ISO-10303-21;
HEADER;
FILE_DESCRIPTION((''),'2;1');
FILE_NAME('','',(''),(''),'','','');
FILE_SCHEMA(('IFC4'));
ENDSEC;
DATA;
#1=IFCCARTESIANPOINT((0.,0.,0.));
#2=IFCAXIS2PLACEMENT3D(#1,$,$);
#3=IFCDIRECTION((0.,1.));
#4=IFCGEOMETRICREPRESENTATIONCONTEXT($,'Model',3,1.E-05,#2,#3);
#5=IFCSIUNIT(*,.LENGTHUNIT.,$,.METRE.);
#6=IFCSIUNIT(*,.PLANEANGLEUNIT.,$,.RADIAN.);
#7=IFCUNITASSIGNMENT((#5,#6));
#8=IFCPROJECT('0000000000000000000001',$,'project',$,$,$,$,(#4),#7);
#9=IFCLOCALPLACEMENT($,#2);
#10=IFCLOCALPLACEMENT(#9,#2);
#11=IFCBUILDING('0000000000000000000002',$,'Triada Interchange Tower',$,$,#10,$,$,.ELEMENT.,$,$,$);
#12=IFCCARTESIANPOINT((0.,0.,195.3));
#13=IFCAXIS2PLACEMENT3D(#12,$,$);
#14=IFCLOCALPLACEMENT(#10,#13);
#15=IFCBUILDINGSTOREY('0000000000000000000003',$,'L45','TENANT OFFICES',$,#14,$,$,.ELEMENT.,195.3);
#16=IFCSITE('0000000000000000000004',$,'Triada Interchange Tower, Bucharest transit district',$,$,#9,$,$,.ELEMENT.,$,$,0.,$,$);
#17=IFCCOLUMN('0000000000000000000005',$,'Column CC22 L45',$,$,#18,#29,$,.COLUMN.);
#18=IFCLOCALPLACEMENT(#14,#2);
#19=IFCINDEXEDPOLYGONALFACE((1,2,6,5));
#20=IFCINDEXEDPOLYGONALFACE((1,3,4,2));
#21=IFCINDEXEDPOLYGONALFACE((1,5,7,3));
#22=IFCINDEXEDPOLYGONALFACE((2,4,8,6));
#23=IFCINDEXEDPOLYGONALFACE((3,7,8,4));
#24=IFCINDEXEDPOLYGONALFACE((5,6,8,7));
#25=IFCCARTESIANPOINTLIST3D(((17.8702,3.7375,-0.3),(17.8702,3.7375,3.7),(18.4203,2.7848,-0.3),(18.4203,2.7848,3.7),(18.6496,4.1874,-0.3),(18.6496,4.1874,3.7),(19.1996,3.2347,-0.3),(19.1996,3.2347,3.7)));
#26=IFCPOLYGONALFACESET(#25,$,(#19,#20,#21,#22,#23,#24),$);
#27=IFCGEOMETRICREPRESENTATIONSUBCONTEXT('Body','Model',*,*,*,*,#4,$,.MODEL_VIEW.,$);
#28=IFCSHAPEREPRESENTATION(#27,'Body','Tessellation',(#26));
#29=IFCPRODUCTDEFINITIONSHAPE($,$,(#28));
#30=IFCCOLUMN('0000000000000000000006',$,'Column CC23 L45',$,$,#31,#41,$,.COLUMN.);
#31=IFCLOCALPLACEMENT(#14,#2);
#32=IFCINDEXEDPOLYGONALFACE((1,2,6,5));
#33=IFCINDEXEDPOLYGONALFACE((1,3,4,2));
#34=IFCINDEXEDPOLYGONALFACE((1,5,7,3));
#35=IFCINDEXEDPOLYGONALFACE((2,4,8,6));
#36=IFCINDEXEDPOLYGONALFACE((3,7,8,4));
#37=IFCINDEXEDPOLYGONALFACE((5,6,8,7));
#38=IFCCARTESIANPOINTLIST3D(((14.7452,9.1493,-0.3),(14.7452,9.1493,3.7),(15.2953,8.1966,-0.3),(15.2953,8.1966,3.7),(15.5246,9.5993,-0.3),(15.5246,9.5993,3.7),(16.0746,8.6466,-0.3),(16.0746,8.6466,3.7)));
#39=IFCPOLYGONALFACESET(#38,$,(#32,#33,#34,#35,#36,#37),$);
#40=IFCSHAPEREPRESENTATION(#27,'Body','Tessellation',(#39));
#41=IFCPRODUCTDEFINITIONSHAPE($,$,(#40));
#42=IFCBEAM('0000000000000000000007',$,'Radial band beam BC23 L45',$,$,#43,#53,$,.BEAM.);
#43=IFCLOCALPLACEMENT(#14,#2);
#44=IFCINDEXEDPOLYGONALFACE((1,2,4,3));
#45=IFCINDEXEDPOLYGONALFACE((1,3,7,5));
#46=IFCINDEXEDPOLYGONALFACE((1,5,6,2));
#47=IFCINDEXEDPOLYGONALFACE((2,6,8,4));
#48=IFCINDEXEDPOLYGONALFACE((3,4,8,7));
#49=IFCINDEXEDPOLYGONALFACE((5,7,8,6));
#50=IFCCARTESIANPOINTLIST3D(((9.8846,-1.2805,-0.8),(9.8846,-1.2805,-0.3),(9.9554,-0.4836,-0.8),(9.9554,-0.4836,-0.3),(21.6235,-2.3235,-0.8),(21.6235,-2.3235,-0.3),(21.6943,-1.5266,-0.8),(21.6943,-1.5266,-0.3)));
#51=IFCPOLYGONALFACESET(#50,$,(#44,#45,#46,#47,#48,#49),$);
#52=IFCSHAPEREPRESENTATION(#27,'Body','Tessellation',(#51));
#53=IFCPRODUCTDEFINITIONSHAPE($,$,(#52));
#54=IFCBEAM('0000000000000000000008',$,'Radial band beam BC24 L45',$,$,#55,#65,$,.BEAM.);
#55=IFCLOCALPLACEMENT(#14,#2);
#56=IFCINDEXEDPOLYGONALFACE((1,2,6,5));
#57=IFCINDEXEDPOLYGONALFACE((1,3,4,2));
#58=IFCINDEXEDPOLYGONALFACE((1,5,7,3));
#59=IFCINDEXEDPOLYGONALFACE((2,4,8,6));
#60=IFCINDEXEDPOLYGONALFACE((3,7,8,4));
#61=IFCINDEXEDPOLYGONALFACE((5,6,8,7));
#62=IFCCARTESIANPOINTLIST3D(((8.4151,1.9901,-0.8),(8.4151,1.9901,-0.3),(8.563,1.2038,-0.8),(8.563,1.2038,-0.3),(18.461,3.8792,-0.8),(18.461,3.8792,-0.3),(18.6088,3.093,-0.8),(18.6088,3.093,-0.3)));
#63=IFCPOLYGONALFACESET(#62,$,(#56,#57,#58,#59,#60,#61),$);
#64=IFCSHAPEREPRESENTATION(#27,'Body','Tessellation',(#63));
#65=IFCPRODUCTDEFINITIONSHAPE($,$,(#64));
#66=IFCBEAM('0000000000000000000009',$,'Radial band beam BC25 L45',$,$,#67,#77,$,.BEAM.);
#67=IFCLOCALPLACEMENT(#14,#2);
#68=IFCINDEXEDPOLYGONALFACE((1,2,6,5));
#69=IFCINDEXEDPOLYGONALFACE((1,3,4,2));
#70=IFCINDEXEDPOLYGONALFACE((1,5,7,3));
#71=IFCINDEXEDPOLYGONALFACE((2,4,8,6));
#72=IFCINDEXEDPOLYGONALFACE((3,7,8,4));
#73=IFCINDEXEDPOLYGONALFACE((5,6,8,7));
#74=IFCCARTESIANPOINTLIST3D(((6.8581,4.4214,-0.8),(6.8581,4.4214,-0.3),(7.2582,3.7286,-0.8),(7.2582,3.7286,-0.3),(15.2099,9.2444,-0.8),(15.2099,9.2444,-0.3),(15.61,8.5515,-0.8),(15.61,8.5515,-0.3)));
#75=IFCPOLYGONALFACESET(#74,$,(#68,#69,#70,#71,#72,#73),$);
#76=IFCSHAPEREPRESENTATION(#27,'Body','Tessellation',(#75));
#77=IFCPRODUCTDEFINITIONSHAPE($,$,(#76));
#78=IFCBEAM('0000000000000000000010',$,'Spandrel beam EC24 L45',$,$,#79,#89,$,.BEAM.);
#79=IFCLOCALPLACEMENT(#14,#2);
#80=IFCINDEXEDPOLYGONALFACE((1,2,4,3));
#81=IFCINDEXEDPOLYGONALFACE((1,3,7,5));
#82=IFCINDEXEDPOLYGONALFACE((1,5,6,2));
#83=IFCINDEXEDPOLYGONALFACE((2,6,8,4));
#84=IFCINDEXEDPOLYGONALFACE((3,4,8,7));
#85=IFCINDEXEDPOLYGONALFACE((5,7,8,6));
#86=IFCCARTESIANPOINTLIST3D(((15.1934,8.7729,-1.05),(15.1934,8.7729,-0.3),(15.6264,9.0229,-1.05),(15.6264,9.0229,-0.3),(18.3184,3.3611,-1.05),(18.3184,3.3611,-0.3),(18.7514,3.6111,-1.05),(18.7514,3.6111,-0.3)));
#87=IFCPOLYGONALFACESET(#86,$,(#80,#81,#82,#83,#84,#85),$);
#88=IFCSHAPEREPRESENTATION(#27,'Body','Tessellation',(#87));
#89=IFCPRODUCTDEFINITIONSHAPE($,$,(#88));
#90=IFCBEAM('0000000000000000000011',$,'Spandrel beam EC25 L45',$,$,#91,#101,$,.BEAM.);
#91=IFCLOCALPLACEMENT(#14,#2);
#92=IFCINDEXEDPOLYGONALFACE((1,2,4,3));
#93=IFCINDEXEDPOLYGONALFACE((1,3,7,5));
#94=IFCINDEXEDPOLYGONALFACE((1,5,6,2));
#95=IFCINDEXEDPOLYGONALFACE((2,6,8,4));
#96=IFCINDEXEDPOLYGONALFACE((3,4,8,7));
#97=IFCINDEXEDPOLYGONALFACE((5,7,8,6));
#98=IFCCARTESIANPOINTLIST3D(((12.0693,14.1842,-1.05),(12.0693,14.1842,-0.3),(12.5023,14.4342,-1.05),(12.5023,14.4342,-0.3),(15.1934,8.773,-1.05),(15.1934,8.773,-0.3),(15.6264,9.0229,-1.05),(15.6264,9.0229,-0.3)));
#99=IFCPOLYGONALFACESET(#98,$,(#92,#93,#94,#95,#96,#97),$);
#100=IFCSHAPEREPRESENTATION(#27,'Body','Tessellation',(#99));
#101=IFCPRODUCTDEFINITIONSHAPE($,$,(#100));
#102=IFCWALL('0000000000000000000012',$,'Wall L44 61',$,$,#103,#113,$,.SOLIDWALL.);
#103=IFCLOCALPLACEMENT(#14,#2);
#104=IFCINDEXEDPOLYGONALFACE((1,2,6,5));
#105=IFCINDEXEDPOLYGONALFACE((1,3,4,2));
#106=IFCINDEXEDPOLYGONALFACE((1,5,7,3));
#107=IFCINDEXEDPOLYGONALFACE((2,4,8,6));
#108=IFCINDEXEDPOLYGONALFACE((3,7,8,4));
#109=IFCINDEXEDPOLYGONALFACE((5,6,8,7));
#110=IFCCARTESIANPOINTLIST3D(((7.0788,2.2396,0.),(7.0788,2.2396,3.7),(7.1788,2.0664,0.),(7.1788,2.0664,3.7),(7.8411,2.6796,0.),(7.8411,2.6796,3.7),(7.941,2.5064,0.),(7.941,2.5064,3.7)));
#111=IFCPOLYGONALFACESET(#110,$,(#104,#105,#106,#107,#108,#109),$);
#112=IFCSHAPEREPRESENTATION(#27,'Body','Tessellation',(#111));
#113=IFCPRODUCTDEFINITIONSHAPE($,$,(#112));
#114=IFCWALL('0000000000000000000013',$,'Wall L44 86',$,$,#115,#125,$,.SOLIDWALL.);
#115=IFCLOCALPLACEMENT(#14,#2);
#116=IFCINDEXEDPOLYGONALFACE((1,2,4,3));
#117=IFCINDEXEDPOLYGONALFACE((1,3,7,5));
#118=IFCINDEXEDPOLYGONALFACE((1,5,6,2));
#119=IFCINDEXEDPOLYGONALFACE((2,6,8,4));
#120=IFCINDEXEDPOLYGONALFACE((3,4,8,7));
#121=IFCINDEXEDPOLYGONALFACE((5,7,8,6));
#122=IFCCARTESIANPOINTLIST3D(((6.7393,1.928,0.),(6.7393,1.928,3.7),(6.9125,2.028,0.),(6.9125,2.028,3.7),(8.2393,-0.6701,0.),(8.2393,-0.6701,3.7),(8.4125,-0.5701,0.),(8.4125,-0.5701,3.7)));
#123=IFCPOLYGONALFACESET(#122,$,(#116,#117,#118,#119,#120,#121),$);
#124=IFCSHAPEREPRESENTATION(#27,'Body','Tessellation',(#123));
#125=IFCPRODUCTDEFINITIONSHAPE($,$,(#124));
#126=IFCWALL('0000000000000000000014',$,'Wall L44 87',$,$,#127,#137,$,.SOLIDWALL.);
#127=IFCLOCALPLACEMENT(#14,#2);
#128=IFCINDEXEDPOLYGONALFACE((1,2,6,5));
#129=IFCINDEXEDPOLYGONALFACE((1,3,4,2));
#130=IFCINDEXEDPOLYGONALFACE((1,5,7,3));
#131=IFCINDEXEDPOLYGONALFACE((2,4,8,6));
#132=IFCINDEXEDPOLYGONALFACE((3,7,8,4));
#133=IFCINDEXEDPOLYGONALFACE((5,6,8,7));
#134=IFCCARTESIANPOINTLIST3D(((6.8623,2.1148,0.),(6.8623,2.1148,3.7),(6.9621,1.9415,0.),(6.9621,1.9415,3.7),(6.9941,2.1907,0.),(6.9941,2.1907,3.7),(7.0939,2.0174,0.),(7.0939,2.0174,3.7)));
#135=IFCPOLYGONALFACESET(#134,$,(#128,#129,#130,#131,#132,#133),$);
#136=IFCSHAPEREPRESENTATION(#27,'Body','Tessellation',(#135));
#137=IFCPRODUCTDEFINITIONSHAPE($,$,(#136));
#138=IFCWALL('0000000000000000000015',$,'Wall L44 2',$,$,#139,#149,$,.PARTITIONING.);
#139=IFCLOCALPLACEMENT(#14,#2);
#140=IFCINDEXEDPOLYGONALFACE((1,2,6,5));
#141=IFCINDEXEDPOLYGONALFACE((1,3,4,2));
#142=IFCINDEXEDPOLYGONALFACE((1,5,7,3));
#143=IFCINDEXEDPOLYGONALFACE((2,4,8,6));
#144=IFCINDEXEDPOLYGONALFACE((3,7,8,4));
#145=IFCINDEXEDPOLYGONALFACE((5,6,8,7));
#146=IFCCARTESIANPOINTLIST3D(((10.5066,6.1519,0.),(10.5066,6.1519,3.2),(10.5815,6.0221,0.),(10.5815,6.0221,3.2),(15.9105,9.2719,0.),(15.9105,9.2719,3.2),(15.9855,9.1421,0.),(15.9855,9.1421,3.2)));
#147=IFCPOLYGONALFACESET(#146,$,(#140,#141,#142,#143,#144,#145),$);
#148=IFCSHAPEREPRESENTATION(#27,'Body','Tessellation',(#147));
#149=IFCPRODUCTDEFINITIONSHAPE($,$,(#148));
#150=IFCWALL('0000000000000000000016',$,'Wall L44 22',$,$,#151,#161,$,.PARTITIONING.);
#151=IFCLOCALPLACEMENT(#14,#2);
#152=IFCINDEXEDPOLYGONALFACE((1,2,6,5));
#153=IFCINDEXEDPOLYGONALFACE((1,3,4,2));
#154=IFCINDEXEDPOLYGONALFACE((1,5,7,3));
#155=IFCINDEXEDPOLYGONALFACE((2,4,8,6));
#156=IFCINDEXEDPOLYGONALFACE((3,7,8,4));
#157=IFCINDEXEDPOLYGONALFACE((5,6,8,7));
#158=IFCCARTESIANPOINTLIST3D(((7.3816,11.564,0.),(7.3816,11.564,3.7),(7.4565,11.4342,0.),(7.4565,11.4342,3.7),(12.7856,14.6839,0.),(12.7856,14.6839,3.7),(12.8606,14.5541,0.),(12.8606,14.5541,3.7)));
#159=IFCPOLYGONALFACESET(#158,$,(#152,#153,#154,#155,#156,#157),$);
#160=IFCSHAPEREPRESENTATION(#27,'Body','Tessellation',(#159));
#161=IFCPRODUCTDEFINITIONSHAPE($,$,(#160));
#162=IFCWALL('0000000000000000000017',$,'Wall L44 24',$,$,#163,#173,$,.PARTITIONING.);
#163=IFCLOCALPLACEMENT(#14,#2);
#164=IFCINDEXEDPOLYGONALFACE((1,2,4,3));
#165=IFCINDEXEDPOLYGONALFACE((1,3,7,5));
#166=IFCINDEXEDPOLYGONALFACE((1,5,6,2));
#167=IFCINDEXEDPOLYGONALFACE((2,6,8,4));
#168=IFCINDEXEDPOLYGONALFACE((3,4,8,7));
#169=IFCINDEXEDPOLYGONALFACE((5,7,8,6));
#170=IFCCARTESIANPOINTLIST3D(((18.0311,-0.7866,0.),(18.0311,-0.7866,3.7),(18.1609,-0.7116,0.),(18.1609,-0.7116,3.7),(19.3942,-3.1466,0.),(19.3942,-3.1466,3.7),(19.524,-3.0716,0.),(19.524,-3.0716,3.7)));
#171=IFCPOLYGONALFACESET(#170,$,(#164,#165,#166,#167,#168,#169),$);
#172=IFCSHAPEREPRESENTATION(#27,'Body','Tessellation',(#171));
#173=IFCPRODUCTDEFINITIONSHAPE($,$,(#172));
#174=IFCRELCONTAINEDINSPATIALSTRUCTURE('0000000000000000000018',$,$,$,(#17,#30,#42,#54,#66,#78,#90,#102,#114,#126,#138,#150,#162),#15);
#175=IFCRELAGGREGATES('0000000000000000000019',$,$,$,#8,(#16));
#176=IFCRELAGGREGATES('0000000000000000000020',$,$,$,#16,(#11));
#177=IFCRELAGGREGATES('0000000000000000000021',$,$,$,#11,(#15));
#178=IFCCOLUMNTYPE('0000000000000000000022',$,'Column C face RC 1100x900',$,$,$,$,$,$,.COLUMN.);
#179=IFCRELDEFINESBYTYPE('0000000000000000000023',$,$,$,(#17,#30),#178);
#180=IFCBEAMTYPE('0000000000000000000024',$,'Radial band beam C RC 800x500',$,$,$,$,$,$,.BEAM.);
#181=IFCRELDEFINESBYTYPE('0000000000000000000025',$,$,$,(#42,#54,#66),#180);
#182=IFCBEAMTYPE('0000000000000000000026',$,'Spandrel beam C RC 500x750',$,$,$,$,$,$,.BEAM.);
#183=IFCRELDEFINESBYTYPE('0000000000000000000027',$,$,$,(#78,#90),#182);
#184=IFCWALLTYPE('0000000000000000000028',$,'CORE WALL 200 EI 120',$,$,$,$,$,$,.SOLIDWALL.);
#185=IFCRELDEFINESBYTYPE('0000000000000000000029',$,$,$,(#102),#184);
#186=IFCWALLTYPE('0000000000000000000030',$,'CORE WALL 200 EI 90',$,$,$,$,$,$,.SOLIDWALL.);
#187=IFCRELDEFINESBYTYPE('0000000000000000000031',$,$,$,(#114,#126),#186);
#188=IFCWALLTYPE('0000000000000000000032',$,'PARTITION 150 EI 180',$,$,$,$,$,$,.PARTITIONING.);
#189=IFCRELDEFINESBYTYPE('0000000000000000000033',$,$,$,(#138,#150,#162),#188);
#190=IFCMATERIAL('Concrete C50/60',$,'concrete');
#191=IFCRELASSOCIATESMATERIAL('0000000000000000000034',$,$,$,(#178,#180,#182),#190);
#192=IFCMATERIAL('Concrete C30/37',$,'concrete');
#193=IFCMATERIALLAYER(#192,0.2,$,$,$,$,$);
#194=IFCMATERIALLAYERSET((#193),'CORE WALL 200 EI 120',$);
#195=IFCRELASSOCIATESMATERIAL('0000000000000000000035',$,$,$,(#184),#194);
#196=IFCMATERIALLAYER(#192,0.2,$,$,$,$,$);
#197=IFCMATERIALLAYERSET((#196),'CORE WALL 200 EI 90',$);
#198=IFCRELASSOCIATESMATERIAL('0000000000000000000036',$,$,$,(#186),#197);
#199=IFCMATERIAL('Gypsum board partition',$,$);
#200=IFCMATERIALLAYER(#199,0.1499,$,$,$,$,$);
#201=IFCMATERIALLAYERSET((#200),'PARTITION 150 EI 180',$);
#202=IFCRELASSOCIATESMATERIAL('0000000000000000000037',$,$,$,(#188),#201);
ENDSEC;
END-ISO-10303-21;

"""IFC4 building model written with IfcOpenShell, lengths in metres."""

from ifc_helpers import new_model, si_unit, direction, frame, frame_2d, origin, origin_2d, place, context, subcontext, project, spatial, rectangle, extrude, material, layer, layer_set, material_profile, profile_set, type_object, element, save


model = new_model("IFC4")

# Units and contexts
model_context = context("Model", 3, precision=1e-05, world=origin(), true_north=direction((0.0, 1.0)))
body_context = subcontext(model_context, "Body", "Model", "MODEL_VIEW")
ifc_project = project(units=[si_unit("LENGTHUNIT", "METRE"), si_unit("PLANEANGLEUNIT", "RADIAN")], contexts=[model_context])

# Site, building, storey
site_placement = place(None, origin())
site = spatial("IfcSite", under=ifc_project, at=site_placement, Name="Triada Interchange Tower, Bucharest transit district", CompositionType="ELEMENT", RefElevation=0.0)
building_placement = place(site_placement, origin())
building = spatial("IfcBuilding", under=site, at=building_placement, Name="Triada Interchange Tower", CompositionType="ELEMENT")
storey_placement = place(building_placement, frame((0.0, 0.0, 195.3)))
storey = spatial("IfcBuildingStorey", under=building, at=storey_placement, Name="L45", Description="TENANT OFFICES", CompositionType="ELEMENT", Elevation=195.3)

# Columns
ifc_material_1 = material(Name="Concrete C50/60", Category="concrete")
ifc_material_profile_1 = material_profile(ifc_material_1, rectangle(XDim=1.1001, YDim=0.8999, at=origin_2d()), Name="RC 1100x900")
ifc_profile_set_1 = profile_set([ifc_material_profile_1], Name="Concrete C50/60")
column_type = type_object("IfcColumnType", Name="Column C face RC 1100x900", PredefinedType="COLUMN", material=ifc_profile_set_1)
for number, where, z_axis, x_axis, name in (
    (1, (18.5349, 3.4861, -0.3), (0.0, 0.0, 1.0), (-0.5, 0.866025, 0.0), "Column CC22 L45"),
    (2, (15.4099, 8.8979, -0.3), (0.0, 0.0, 1.0), (-0.5, 0.866025, 0.0), "Column CC23 L45"),
):
    element("IfcColumn", number, at=place(storey_placement, frame(where, z_axis=z_axis, x_axis=x_axis)), inside=storey, type_object=column_type, Name=name, PredefinedType="COLUMN", context=body_context, shape_type="SweptSolid", body=[
        extrude(rectangle(XDim=1.1001, YDim=0.8999, at=origin_2d()), origin(), (0.0, 0.0, 1.0), 4.0),
    ])

# Beams
ifc_material_profile_2 = material_profile(ifc_material_1, rectangle(XDim=0.8, YDim=0.5, at=origin_2d()), Name="RC 800x500")
ifc_profile_set_2 = profile_set([ifc_material_profile_2], Name="Concrete C50/60")
beam_type_1 = type_object("IfcBeamType", Name="Radial band beam C RC 800x500", PredefinedType="BEAM", material=ifc_profile_set_2)
beam_1_placement = place(storey_placement, frame((21.6589, -1.925, -0.55), z_axis=(-0.996076, 0.088498, 0.0), x_axis=(-0.088498, -0.996076, 0.0)))
element("IfcBeam", 3, at=beam_1_placement, inside=storey, type_object=beam_type_1, Name="Radial band beam BC23 L45", PredefinedType="BEAM", context=body_context, shape_type="SweptSolid", body=[
    extrude(rectangle(XDim=0.8, YDim=0.5, at=origin_2d()), origin(), (0.0, 0.0, 1.0), 11.7852),
])
beam_2_placement = place(storey_placement, frame((18.5349, 3.4861, -0.55), z_axis=(-0.982774, -0.184813, 0.0), x_axis=(0.184813, -0.982774, 0.0)))
element("IfcBeam", 4, at=beam_2_placement, inside=storey, type_object=beam_type_1, Name="Radial band beam BC24 L45", PredefinedType="BEAM", context=body_context, shape_type="SweptSolid", body=[
    extrude(rectangle(XDim=0.8, YDim=0.5, at=origin_2d()), origin(), (0.0, 0.0, 1.0), 10.2219),
])
beam_3_placement = place(storey_placement, frame((15.4099, 8.8979, -0.55), z_axis=(-0.865977, -0.500084, 0.0), x_axis=(0.500084, -0.865977, 0.0)))
element("IfcBeam", 5, at=beam_3_placement, inside=storey, type_object=beam_type_1, Name="Radial band beam BC25 L45", PredefinedType="BEAM", context=body_context, shape_type="SweptSolid", body=[
    extrude(rectangle(XDim=0.8, YDim=0.5, at=origin_2d()), origin(), (0.0, 0.0, 1.0), 9.6443),
])
ifc_material_profile_3 = material_profile(ifc_material_1, rectangle(XDim=0.5, YDim=0.75, at=origin_2d()), Name="RC 500x750")
ifc_profile_set_3 = profile_set([ifc_material_profile_3], Name="Concrete C50/60")
beam_type_2 = type_object("IfcBeamType", Name="Spandrel beam C RC 500x750", PredefinedType="BEAM", material=ifc_profile_set_3)
beam_4_placement = place(storey_placement, frame((18.5349, 3.4861, -0.675), z_axis=(-0.500055, 0.865994, 0.0), x_axis=(-0.865994, -0.500055, 0.0)))
element("IfcBeam", 6, at=beam_4_placement, inside=storey, type_object=beam_type_2, Name="Spandrel beam EC24 L45", PredefinedType="BEAM", context=body_context, shape_type="SweptSolid", body=[
    extrude(rectangle(XDim=0.5, YDim=0.75, at=origin_2d()), origin(), (0.0, 0.0, 1.0), 6.2493),
])
beam_5_placement = place(storey_placement, frame((15.4099, 8.8979, -0.675), z_axis=(-0.499989, 0.866032, 0.0), x_axis=(-0.866032, -0.499989, 0.0)))
element("IfcBeam", 7, at=beam_5_placement, inside=storey, type_object=beam_type_2, Name="Spandrel beam EC25 L45", PredefinedType="BEAM", context=body_context, shape_type="SweptSolid", body=[
    extrude(rectangle(XDim=0.5, YDim=0.75, at=origin_2d()), origin(), (0.0, 0.0, 1.0), 6.2483),
])

# Walls
ifc_material_2 = material(Name="Concrete C30/37", Category="concrete")
ifc_layer_1 = layer(ifc_material_2, 0.2)
ifc_layer_set_1 = layer_set([ifc_layer_1], Name="CORE WALL 200 EI 120")
wall_type_1 = type_object("IfcWallType", Name="CORE WALL 200 EI 120", PredefinedType="SOLIDWALL", material=ifc_layer_set_1)
wall_1_placement = place(storey_placement, frame((7.1289, 2.1531, 0.0), z_axis=(0.0, 0.0, 1.0), x_axis=(0.866084, 0.499899, 0.0)))
element("IfcWall", 8, at=wall_1_placement, inside=storey, type_object=wall_type_1, Name="Wall L44 61", PredefinedType="SOLIDWALL", context=body_context, shape_type="SweptSolid", body=[
    extrude(rectangle(XDim=0.8801, YDim=0.2, at=frame_2d((0.4399, 0.0))), origin(), (0.0, 0.0, 1.0), 3.7),
])
ifc_layer_2 = layer(ifc_material_2, 0.2)
ifc_layer_set_2 = layer_set([ifc_layer_2], Name="CORE WALL 200 EI 90")
wall_type_2 = type_object("IfcWallType", Name="CORE WALL 200 EI 90", PredefinedType="SOLIDWALL", material=ifc_layer_set_2)
wall_2_placement = place(storey_placement, frame((6.8259, 1.978, 0.0), z_axis=(0.0, 0.0, 1.0), x_axis=(0.49999, -0.866031, 0.0)))
element("IfcWall", 9, at=wall_2_placement, inside=storey, type_object=wall_type_2, Name="Wall L44 86", PredefinedType="SOLIDWALL", context=body_context, shape_type="SweptSolid", body=[
    extrude(rectangle(XDim=3.0, YDim=0.2, at=frame_2d((1.5, 0.0))), origin(), (0.0, 0.0, 1.0), 3.7),
])
wall_3_placement = place(storey_placement, frame((6.9121, 2.0281, 0.0), z_axis=(0.0, 0.0, 1.0), x_axis=(0.866559, 0.499074, 0.0)))
element("IfcWall", 10, at=wall_3_placement, inside=storey, type_object=wall_type_2, Name="Wall L44 87", PredefinedType="SOLIDWALL", context=body_context, shape_type="SweptSolid", body=[
    extrude(rectangle(XDim=0.1521, YDim=0.2, at=frame_2d((0.0762, 0.0))), origin(), (0.0, 0.0, 1.0), 3.7),
])
ifc_material_3 = material(Name="Gypsum board partition")
ifc_layer_3 = layer(ifc_material_3, 0.1499)
ifc_layer_set_3 = layer_set([ifc_layer_3], Name="PARTITION 150 EI 180")
wall_type_3 = type_object("IfcWallType", Name="PARTITION 150 EI 180", PredefinedType="PARTITIONING", material=ifc_layer_set_3)
wall_4_placement = place(storey_placement, frame((10.5439, 6.0869, 0.0), z_axis=(0.0, 0.0, 1.0), x_axis=(0.866019, 0.50001, 0.0)))
element("IfcWall", 11, at=wall_4_placement, inside=storey, type_object=wall_type_3, Name="Wall L44 2", PredefinedType="PARTITIONING", context=body_context, shape_type="SweptSolid", body=[
    extrude(rectangle(XDim=6.24, YDim=0.1499, at=frame_2d((3.1201, 0.0))), origin(), (0.0, 0.0, 1.0), 3.2),
])
wall_5_placement = place(storey_placement, frame((7.4189, 11.499, 0.0), z_axis=(0.0, 0.0, 1.0), x_axis=(0.866036, 0.499981, 0.0)))
element("IfcWall", 12, at=wall_5_placement, inside=storey, type_object=wall_type_3, Name="Wall L44 22", PredefinedType="PARTITIONING", context=body_context, shape_type="SweptSolid", body=[
    extrude(rectangle(XDim=6.24, YDim=0.1499, at=frame_2d((3.1201, 0.0))), origin(), (0.0, 0.0, 1.0), 3.7),
])
wall_6_placement = place(storey_placement, frame((18.0959, -0.749, 0.0), z_axis=(0.0, 0.0, 1.0), x_axis=(0.500157, -0.865935, 0.0)))
element("IfcWall", 13, at=wall_6_placement, inside=storey, type_object=wall_type_3, Name="Wall L44 24", PredefinedType="PARTITIONING", context=body_context, shape_type="SweptSolid", body=[
    extrude(rectangle(XDim=2.7253, YDim=0.1499, at=frame_2d((1.3628, 0.0))), origin(), (0.0, 0.0, 1.0), 3.7),
])

save(model, "model.ifc")
